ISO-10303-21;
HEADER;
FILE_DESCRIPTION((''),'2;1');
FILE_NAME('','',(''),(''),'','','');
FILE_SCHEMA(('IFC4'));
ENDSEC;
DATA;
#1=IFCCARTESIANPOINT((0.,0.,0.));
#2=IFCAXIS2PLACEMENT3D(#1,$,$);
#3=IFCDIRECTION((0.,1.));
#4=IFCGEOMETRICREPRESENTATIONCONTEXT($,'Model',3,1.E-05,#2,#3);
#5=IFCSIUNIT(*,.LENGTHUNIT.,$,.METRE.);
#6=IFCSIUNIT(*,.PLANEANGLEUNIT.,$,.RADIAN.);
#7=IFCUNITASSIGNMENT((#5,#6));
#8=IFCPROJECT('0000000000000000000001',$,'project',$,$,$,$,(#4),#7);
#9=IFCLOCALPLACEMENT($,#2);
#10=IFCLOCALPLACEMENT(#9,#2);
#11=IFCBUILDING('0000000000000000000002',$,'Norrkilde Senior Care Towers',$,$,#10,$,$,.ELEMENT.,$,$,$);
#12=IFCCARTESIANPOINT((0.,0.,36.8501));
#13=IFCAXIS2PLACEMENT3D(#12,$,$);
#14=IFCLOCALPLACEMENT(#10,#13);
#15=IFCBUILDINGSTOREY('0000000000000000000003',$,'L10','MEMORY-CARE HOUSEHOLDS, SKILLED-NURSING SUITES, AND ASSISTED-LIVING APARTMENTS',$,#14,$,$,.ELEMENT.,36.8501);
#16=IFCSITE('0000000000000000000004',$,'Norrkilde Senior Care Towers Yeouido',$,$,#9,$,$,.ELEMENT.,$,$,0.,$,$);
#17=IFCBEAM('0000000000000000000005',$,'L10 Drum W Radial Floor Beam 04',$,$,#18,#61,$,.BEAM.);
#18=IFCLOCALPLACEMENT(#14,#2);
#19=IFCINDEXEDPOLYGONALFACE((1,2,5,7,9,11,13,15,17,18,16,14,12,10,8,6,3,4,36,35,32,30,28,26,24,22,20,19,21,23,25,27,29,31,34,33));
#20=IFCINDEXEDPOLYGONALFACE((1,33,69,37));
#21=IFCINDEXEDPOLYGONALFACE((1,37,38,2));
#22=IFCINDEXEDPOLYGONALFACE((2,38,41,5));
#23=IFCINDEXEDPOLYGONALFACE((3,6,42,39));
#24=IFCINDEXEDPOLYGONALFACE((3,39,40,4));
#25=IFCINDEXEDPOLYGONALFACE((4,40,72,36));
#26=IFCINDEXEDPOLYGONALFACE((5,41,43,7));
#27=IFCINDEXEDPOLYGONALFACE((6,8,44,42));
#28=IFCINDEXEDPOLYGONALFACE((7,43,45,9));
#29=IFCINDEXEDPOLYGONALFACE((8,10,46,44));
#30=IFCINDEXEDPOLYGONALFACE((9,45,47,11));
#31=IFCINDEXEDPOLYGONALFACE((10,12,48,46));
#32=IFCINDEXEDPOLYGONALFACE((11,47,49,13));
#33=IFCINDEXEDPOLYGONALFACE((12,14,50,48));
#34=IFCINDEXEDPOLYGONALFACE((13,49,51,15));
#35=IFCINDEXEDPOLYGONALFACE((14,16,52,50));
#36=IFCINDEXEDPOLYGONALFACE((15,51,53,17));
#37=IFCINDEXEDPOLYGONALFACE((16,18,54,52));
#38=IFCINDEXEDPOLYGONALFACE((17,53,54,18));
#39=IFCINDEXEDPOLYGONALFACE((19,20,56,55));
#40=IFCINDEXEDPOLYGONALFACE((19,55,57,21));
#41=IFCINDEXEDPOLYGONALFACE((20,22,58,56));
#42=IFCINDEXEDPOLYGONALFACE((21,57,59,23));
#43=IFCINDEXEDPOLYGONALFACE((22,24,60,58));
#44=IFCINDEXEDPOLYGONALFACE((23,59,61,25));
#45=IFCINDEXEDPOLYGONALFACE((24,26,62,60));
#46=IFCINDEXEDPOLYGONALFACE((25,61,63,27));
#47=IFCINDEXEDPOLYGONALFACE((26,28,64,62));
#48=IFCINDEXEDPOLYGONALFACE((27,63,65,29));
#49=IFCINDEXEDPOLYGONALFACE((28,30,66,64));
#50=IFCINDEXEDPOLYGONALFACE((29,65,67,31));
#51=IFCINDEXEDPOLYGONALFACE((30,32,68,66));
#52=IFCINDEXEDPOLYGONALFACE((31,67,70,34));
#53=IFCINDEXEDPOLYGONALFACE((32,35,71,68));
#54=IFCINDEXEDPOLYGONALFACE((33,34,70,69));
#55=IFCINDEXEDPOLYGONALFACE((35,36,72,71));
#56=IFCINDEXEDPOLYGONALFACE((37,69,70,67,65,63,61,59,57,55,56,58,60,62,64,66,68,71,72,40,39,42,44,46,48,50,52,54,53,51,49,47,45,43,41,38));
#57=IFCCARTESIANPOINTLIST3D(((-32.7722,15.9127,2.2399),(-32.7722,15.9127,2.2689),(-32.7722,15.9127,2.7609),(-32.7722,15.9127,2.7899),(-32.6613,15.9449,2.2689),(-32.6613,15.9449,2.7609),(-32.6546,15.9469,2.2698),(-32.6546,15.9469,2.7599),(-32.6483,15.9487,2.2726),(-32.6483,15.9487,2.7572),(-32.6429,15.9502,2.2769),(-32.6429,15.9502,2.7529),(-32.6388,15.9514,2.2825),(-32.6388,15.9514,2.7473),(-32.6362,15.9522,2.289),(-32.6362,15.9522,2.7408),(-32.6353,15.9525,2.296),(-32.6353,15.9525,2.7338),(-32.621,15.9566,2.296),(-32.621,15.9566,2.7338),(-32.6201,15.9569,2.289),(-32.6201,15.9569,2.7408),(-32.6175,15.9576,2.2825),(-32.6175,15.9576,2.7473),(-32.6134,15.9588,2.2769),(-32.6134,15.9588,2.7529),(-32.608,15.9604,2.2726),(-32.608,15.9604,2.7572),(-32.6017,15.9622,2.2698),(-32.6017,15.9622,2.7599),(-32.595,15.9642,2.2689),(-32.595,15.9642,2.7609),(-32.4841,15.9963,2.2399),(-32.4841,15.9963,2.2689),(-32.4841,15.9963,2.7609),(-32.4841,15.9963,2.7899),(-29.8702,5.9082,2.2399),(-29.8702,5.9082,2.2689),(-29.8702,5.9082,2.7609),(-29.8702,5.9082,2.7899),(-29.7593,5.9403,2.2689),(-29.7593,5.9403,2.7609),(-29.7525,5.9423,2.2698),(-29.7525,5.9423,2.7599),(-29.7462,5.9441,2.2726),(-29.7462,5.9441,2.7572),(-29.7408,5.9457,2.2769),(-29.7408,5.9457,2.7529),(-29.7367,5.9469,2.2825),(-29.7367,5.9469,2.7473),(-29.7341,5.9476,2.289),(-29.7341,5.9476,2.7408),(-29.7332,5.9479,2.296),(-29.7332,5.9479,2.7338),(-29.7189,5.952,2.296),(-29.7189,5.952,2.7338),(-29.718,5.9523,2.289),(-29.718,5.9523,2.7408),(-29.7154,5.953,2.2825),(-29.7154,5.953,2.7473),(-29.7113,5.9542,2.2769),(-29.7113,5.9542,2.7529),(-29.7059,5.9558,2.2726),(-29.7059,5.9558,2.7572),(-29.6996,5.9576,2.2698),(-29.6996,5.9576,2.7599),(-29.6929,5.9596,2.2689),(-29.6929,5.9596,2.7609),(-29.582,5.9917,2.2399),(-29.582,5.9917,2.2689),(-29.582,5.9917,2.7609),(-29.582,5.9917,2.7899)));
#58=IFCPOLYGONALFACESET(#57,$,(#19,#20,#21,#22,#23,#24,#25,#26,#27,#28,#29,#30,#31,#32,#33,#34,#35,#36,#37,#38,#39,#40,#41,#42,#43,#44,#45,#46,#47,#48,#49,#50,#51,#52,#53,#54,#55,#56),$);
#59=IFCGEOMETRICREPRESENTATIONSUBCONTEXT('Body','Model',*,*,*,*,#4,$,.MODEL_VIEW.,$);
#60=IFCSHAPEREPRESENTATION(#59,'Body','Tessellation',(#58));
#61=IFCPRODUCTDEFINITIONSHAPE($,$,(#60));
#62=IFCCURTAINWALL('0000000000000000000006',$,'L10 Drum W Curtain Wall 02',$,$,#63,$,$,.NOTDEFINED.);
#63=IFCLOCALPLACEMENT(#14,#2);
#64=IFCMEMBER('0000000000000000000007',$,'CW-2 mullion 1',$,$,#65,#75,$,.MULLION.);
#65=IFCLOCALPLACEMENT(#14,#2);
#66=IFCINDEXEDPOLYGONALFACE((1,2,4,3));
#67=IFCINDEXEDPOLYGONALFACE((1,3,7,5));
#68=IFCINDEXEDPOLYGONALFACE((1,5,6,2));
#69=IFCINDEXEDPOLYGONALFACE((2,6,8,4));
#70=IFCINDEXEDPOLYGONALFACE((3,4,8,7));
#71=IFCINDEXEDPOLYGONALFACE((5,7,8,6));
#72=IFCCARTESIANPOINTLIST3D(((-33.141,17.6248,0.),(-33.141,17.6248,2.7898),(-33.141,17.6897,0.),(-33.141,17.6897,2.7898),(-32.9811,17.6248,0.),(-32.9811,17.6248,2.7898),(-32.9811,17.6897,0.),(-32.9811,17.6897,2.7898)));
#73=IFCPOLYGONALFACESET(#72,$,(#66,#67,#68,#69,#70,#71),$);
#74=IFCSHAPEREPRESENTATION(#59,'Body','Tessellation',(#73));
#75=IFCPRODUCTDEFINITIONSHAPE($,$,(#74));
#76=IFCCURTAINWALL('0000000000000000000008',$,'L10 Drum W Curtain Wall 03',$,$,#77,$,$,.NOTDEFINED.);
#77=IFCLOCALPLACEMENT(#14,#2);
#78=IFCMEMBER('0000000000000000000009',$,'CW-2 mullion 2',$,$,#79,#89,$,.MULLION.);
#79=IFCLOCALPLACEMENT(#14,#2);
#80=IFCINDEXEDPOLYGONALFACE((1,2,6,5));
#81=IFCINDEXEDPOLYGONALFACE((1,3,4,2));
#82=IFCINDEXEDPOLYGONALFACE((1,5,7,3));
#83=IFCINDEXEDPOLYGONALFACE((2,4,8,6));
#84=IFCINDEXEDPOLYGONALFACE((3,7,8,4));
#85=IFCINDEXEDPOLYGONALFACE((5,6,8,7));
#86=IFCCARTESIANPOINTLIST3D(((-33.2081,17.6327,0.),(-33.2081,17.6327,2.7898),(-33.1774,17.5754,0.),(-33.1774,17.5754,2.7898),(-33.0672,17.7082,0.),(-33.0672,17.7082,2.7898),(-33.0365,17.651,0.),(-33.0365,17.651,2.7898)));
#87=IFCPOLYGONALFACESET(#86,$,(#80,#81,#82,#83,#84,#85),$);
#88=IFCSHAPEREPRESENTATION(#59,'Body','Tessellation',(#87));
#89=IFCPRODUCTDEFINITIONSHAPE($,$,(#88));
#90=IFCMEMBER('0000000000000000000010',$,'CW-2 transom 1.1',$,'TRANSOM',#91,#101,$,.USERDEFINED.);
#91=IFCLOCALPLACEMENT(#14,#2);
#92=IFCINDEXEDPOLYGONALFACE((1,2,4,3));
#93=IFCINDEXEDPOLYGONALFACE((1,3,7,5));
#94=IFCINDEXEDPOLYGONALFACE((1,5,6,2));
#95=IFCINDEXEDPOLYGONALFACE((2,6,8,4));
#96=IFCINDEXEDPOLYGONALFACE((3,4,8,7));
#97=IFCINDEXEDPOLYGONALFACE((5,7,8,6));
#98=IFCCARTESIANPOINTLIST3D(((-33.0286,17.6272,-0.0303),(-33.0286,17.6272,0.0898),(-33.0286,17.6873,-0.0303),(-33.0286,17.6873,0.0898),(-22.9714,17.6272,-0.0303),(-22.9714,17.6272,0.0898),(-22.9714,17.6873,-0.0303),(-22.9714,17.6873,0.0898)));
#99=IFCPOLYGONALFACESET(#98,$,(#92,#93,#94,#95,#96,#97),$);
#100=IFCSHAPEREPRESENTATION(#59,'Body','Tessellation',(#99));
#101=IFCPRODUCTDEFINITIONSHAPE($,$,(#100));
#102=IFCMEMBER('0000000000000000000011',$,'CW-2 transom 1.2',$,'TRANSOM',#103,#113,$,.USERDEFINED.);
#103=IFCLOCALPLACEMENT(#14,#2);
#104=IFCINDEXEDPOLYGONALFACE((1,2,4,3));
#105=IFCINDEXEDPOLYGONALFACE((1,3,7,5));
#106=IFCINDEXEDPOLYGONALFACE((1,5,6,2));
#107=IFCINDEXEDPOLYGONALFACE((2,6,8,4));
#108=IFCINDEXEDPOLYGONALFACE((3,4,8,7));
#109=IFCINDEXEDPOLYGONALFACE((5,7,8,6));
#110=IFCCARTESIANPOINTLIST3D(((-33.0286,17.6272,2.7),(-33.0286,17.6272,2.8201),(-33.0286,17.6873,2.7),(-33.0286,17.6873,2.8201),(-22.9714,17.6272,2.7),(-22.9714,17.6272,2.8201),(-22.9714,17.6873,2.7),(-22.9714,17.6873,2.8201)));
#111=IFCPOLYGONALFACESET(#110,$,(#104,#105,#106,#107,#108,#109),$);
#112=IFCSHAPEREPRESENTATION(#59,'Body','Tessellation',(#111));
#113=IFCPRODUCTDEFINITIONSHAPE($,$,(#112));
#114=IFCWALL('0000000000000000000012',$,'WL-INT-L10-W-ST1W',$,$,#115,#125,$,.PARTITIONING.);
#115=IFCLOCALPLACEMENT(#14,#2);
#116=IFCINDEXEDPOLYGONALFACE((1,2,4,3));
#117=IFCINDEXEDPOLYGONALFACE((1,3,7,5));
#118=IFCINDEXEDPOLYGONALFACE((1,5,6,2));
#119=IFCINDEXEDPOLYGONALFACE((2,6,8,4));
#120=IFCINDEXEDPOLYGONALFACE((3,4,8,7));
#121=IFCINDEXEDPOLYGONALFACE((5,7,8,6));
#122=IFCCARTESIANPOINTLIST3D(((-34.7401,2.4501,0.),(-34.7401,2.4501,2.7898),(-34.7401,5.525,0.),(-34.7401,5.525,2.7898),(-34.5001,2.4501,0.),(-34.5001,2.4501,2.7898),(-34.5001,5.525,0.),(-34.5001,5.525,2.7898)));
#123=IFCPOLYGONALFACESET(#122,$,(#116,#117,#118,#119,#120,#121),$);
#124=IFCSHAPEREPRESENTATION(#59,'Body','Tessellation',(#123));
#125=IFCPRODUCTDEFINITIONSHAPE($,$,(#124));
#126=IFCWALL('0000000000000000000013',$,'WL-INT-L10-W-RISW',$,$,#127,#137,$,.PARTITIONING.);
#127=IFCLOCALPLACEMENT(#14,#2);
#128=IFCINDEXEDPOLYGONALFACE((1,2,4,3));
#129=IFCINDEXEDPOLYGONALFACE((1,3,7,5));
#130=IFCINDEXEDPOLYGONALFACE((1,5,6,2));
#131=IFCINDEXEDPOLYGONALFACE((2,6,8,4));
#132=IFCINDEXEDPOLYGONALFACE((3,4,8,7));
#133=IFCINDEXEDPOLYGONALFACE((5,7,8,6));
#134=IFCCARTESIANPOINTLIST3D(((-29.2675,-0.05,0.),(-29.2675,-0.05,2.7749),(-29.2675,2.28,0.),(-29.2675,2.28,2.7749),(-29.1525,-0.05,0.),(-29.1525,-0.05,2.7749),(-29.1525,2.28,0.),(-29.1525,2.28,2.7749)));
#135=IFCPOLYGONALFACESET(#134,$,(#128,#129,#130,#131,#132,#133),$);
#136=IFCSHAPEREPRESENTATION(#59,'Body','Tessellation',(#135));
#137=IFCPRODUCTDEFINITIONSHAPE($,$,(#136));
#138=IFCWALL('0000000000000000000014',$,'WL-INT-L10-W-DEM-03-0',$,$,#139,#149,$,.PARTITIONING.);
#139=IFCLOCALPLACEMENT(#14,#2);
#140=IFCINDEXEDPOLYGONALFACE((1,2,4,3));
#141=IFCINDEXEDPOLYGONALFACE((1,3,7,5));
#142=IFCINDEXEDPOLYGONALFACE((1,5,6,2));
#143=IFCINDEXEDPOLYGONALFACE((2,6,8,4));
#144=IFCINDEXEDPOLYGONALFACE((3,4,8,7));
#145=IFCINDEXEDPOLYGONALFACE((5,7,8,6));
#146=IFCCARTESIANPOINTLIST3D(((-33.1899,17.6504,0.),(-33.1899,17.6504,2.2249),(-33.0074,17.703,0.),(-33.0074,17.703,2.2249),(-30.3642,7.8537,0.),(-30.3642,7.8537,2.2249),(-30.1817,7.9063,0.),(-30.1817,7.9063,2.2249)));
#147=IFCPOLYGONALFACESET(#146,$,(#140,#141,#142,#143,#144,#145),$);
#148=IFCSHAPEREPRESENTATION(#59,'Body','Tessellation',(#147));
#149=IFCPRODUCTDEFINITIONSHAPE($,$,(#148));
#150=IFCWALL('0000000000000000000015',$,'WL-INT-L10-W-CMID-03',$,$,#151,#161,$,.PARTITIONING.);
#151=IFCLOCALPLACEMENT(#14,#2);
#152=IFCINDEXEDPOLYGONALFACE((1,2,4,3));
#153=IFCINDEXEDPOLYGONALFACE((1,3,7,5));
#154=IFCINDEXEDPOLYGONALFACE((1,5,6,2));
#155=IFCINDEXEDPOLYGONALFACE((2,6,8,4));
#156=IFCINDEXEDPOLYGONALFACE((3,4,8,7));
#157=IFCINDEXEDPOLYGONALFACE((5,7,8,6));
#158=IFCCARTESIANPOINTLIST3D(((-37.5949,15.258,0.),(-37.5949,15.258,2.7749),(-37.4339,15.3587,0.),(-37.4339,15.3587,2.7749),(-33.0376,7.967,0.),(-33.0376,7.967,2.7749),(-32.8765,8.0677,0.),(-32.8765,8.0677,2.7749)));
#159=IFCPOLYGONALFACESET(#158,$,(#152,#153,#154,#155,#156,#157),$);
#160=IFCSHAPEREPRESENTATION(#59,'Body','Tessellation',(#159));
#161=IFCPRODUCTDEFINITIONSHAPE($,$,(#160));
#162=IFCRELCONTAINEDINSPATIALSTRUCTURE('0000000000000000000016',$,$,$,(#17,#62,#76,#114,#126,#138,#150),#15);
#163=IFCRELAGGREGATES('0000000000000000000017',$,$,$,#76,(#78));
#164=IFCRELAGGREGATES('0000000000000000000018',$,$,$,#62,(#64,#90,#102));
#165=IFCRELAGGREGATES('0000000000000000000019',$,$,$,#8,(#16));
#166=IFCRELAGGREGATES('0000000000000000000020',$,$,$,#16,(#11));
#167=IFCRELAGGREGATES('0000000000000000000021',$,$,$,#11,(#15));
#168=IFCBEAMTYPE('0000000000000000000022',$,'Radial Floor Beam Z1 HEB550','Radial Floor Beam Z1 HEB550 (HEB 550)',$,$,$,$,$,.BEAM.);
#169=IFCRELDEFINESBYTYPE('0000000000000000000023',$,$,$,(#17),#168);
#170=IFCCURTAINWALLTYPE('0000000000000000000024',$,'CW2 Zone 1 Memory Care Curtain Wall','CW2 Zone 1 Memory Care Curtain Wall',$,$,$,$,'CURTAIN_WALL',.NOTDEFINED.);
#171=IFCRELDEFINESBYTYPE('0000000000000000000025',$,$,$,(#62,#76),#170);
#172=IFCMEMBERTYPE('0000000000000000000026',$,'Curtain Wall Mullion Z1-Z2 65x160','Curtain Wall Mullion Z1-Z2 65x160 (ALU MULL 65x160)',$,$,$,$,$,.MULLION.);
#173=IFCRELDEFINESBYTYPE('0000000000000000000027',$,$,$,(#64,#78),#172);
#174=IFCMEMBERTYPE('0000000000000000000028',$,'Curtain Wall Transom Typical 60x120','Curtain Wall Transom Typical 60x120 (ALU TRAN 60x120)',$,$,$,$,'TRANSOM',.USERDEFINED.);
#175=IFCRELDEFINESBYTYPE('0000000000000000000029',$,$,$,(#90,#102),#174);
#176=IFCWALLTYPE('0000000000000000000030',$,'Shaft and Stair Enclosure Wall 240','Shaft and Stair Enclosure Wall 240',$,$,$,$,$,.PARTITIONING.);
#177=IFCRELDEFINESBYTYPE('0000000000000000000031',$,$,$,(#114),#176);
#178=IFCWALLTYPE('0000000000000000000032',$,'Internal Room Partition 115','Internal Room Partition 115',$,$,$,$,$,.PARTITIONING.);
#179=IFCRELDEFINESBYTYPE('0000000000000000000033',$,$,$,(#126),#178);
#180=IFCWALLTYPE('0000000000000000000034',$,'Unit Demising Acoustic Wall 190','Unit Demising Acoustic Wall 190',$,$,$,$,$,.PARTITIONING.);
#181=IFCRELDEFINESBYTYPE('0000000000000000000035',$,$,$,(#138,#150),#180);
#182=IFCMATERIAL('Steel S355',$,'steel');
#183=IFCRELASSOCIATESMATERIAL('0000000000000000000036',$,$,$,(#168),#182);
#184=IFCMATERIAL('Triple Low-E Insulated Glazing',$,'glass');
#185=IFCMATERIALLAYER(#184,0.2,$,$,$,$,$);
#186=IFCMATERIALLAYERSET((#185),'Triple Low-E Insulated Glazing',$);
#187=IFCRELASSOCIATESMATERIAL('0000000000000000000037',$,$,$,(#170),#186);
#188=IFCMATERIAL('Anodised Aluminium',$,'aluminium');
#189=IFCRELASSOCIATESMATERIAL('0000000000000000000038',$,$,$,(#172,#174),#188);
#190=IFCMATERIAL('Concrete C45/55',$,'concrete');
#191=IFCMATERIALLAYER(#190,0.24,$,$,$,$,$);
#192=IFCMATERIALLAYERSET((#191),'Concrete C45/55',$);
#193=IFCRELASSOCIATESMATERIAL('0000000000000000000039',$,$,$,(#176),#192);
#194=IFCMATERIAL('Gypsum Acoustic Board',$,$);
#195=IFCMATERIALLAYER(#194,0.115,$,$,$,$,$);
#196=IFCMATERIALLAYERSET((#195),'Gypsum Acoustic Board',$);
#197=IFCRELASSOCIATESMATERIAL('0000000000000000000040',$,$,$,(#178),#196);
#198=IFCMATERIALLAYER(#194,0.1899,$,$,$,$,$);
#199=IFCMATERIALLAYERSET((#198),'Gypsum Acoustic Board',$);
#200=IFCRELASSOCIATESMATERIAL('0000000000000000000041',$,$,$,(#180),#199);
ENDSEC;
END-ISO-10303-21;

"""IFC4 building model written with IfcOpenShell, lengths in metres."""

from ifc_helpers import new_model, si_unit, direction, frame, frame_2d, origin, origin_2d, place, context, subcontext, project, spatial, rectangle, i_section, extrude, source, transform, mapped, material, layer, layer_set, material_profile, profile_set, type_object, type_shapes, element, aggregate, save


model = new_model("IFC4")

# Units and contexts
model_context = context("Model", 3, precision=1e-05, world=origin(), true_north=direction((0.0, 1.0)))
body_context = subcontext(model_context, "Body", "Model", "MODEL_VIEW")
ifc_project = project(units=[si_unit("LENGTHUNIT", "METRE"), si_unit("PLANEANGLEUNIT", "RADIAN")], contexts=[model_context])

# Site, building, storey
site_placement = place(None, origin())
site = spatial("IfcSite", under=ifc_project, at=site_placement, Name="Norrkilde Senior Care Towers Yeouido", CompositionType="ELEMENT", RefElevation=0.0)
building_placement = place(site_placement, origin())
building = spatial("IfcBuilding", under=site, at=building_placement, Name="Norrkilde Senior Care Towers", CompositionType="ELEMENT")
storey_placement = place(building_placement, frame((0.0, 0.0, 36.8501)))
storey = spatial("IfcBuildingStorey", under=building, at=storey_placement, Name="L10", Description="MEMORY-CARE HOUSEHOLDS, SKILLED-NURSING SUITES, AND ASSISTED-LIVING APARTMENTS", CompositionType="ELEMENT", Elevation=36.8501)

# Beam
ifc_material_1 = material(Name="Steel S355", Category="steel")
ifc_material_profile_1 = material_profile(ifc_material_1, i_section(OverallWidth=0.3, OverallDepth=0.55, WebThickness=0.0149, FlangeThickness=0.0291, FilletRadius=0.0271, at=origin_2d()), Name="HEB 550")
ifc_profile_set_1 = profile_set([ifc_material_profile_1], Name="Steel S355")
beam_type_1 = type_object("IfcBeamType", Name="Radial Floor Beam Z1 HEB550", Description="Radial Floor Beam Z1 HEB550 (HEB 550)", PredefinedType="BEAM", material=ifc_profile_set_1)
shared_shape_1 = source(origin(), body_context, "Body", "SweptSolid", [
    extrude(i_section(OverallWidth=0.3, OverallDepth=0.55, WebThickness=0.0149, FlangeThickness=0.0291, FilletRadius=0.0271, at=origin_2d()), origin(), (0.0, 0.0, 1.0), 10.417),
])
beam_1_placement = place(storey_placement, frame((-29.7261, 5.95, 2.5149), z_axis=(-0.278591, 0.96041, 0.0), x_axis=(-0.96041, -0.278591, 0.0)))
element("IfcBeam", 1, at=beam_1_placement, inside=storey, type_object=beam_type_1, Name="L10 Drum W Radial Floor Beam 04", PredefinedType="BEAM", context=body_context, shape_type="MappedRepresentation", body=[
    mapped(shared_shape_1, transform((0.0, 0.0, 0.0), x_axis=(1.0, 0.0, 0.0), y_axis=(0.0, 1.0, 0.0), z_axis=(0.0, 0.0, 1.0), scale=1.0)),
])

# Curtain walls, members
ifc_material_2 = material(Name="Triple Low-E Insulated Glazing", Category="glass")
ifc_layer_1 = layer(ifc_material_2, 0.2)
ifc_layer_set_1 = layer_set([ifc_layer_1], Name="Triple Low-E Insulated Glazing")
curtain_wall_type = type_object("IfcCurtainWallType", Name="CW2 Zone 1 Memory Care Curtain Wall", Description="CW2 Zone 1 Memory Care Curtain Wall", ElementType="CURTAIN_WALL", PredefinedType="NOTDEFINED", material=ifc_layer_set_1)
curtain_wall_1_placement = place(storey_placement, origin())
curtain_wall_1 = element("IfcCurtainWall", 2, at=curtain_wall_1_placement, inside=storey, type_object=curtain_wall_type, Name="L10 Drum W Curtain Wall 02", PredefinedType="NOTDEFINED")
ifc_material_3 = material(Name="Anodised Aluminium", Category="aluminium")
ifc_material_profile_2 = material_profile(ifc_material_3, rectangle(XDim=0.0649, YDim=0.1599, at=origin_2d()), Name="ALU MULL 65x160")
ifc_profile_set_2 = profile_set([ifc_material_profile_2], Name="Anodised Aluminium")
member_type_1 = type_object("IfcMemberType", Name="Curtain Wall Mullion Z1-Z2 65x160", Description="Curtain Wall Mullion Z1-Z2 65x160 (ALU MULL 65x160)", PredefinedType="MULLION", material=ifc_profile_set_2)
shared_shape_2 = source(origin(), body_context, "Body", "SweptSolid", [
    extrude(rectangle(XDim=0.0649, YDim=0.1599, at=origin_2d()), origin(), (0.0, 0.0, 1.0), 2.7898),
])
type_shapes(member_type_1, [shared_shape_2])
member_1_placement = place(storey_placement, frame((-33.061, 17.6572, 0.0), z_axis=(0.0, 0.0, 1.0), x_axis=(0.0, 1.0, 0.0)))
member_1 = element("IfcMember", 3, at=member_1_placement, type_object=member_type_1, Name="CW-2 mullion 1", PredefinedType="MULLION", context=body_context, shape_type="MappedRepresentation", body=[
    mapped(shared_shape_2, transform((0.0, 0.0, 0.0), x_axis=(1.0, 0.0, 0.0), y_axis=(0.0, 1.0, 0.0), z_axis=(0.0, 0.0, 1.0), scale=1.0)),
])
curtain_wall_2_placement = place(storey_placement, origin())
curtain_wall_2 = element("IfcCurtainWall", 4, at=curtain_wall_2_placement, inside=storey, type_object=curtain_wall_type, Name="L10 Drum W Curtain Wall 03", PredefinedType="NOTDEFINED")
member_2_placement = place(storey_placement, frame((-33.1223, 17.6418, 0.0), z_axis=(0.0, 0.0, 1.0), x_axis=(-0.472608, 0.881273, 0.0)))
member_2 = element("IfcMember", 5, at=member_2_placement, type_object=member_type_1, Name="CW-2 mullion 2", PredefinedType="MULLION", context=body_context, shape_type="MappedRepresentation", body=[
    mapped(shared_shape_2, transform((0.0, 0.0, 0.0), x_axis=(1.0, 0.0, 0.0), y_axis=(0.0, 1.0, 0.0), z_axis=(0.0, 0.0, 1.0), scale=1.0)),
])
aggregate(curtain_wall_2, [member_2])

# Members
ifc_material_profile_3 = material_profile(ifc_material_3, rectangle(XDim=0.0601, YDim=0.1201, at=origin_2d()), Name="ALU TRAN 60x120")
ifc_profile_set_3 = profile_set([ifc_material_profile_3], Name="Anodised Aluminium")
member_type_2 = type_object("IfcMemberType", Name="Curtain Wall Transom Typical 60x120", Description="Curtain Wall Transom Typical 60x120 (ALU TRAN 60x120)", ElementType="TRANSOM", PredefinedType="USERDEFINED", material=ifc_profile_set_3)
shared_shape_3 = source(origin(), body_context, "Body", "SweptSolid", [
    extrude(rectangle(XDim=0.0601, YDim=0.1201, at=origin_2d()), origin(), (0.0, 0.0, 1.0), 10.0571),
])
type_shapes(member_type_2, [shared_shape_3])
member_3_placement = place(storey_placement, frame((-33.0286, 17.6572, 0.0298), z_axis=(1.0, 0.0, 0.0), x_axis=(0.0, 1.0, 0.0)))
member_3 = element("IfcMember", 6, at=member_3_placement, type_object=member_type_2, Name="CW-2 transom 1.1", ObjectType="TRANSOM", PredefinedType="USERDEFINED", context=body_context, shape_type="MappedRepresentation", body=[
    mapped(shared_shape_3, transform((0.0, 0.0, 0.0), x_axis=(1.0, 0.0, 0.0), y_axis=(0.0, 1.0, 0.0), z_axis=(0.0, 0.0, 1.0), scale=1.0)),
])
member_4_placement = place(storey_placement, frame((-33.0286, 17.6572, 2.76), z_axis=(1.0, 0.0, 0.0), x_axis=(0.0, 1.0, 0.0)))
member_4 = element("IfcMember", 7, at=member_4_placement, type_object=member_type_2, Name="CW-2 transom 1.2", ObjectType="TRANSOM", PredefinedType="USERDEFINED", context=body_context, shape_type="MappedRepresentation", body=[
    mapped(shared_shape_3, transform((0.0, 0.0, 0.0), x_axis=(1.0, 0.0, 0.0), y_axis=(0.0, 1.0, 0.0), z_axis=(0.0, 0.0, 1.0), scale=1.0)),
])
aggregate(curtain_wall_1, [member_1, member_3, member_4])

# Walls
ifc_material_4 = material(Name="Concrete C45/55", Category="concrete")
ifc_layer_2 = layer(ifc_material_4, 0.24)
ifc_layer_set_2 = layer_set([ifc_layer_2], Name="Concrete C45/55")
wall_type_1 = type_object("IfcWallType", Name="Shaft and Stair Enclosure Wall 240", Description="Shaft and Stair Enclosure Wall 240", PredefinedType="PARTITIONING", material=ifc_layer_set_2)
shared_shape_4 = source(origin(), body_context, "Body", "SweptSolid", [
    extrude(rectangle(XDim=3.075, YDim=0.24, at=frame_2d((1.5376, 0.0))), origin(), (0.0, 0.0, 1.0), 2.7898),
])
type_shapes(wall_type_1, [shared_shape_4])
wall_1_placement = place(storey_placement, frame((-34.6201, 2.45, 0.0), z_axis=(0.0, 0.0, 1.0), x_axis=(0.0, 1.0, 0.0)))
element("IfcWall", 8, at=wall_1_placement, inside=storey, type_object=wall_type_1, Name="WL-INT-L10-W-ST1W", PredefinedType="PARTITIONING", context=body_context, shape_type="MappedRepresentation", body=[
    mapped(shared_shape_4, transform((0.0, 0.0, 0.0), x_axis=(1.0, 0.0, 0.0), y_axis=(0.0, 1.0, 0.0), z_axis=(0.0, 0.0, 1.0), scale=1.0)),
])
ifc_material_5 = material(Name="Gypsum Acoustic Board")
ifc_layer_3 = layer(ifc_material_5, 0.115)
ifc_layer_set_3 = layer_set([ifc_layer_3], Name="Gypsum Acoustic Board")
wall_type_2 = type_object("IfcWallType", Name="Internal Room Partition 115", Description="Internal Room Partition 115", PredefinedType="PARTITIONING", material=ifc_layer_set_3)
shared_shape_5 = source(origin(), body_context, "Body", "SweptSolid", [
    extrude(rectangle(XDim=2.3301, YDim=0.115, at=frame_2d((1.165, 0.0))), origin(), (0.0, 0.0, 1.0), 2.7749),
])
type_shapes(wall_type_2, [shared_shape_5])
wall_2_placement = place(storey_placement, frame((-29.21, -0.05, 0.0), z_axis=(0.0, 0.0, 1.0), x_axis=(0.0, 1.0, 0.0)))
element("IfcWall", 9, at=wall_2_placement, inside=storey, type_object=wall_type_2, Name="WL-INT-L10-W-RISW", PredefinedType="PARTITIONING", context=body_context, shape_type="MappedRepresentation", body=[
    mapped(shared_shape_5, transform((0.0, 0.0, 0.0), x_axis=(1.0, 0.0, 0.0), y_axis=(0.0, 1.0, 0.0), z_axis=(0.0, 0.0, 1.0), scale=1.0)),
])
ifc_layer_4 = layer(ifc_material_5, 0.1899)
ifc_layer_set_4 = layer_set([ifc_layer_4], Name="Gypsum Acoustic Board")
wall_type_3 = type_object("IfcWallType", Name="Unit Demising Acoustic Wall 190", Description="Unit Demising Acoustic Wall 190", PredefinedType="PARTITIONING", material=ifc_layer_set_4)
shared_shape_6 = source(origin(), body_context, "Body", "SweptSolid", [
    extrude(rectangle(XDim=10.196, YDim=0.1899, at=frame_2d((5.0981, 0.0))), origin(), (0.0, 0.0, 1.0), 2.2249),
])
wall_3_placement = place(storey_placement, frame((-30.2729, 7.8799, 0.0), z_axis=(0.0, 0.0, 1.0), x_axis=(-0.277136, 0.960831, 0.0)))
element("IfcWall", 10, at=wall_3_placement, inside=storey, type_object=wall_type_3, Name="WL-INT-L10-W-DEM-03-0", PredefinedType="PARTITIONING", context=body_context, shape_type="MappedRepresentation", body=[
    mapped(shared_shape_6, transform((0.0, 0.0, 0.0), x_axis=(1.0, 0.0, 0.0), y_axis=(0.0, 1.0, 0.0), z_axis=(0.0, 0.0, 1.0), scale=1.0)),
])
shared_shape_7 = source(origin(), body_context, "Body", "SweptSolid", [
    extrude(rectangle(XDim=8.5981, YDim=0.1899, at=frame_2d((4.2991, 0.0))), origin(), (0.0, 0.0, 1.0), 2.7749),
])
type_shapes(wall_type_3, [shared_shape_6, shared_shape_7])
wall_4_placement = place(storey_placement, frame((-32.957, 8.0173, 0.0), z_axis=(0.0, 0.0, 1.0), x_axis=(-0.53004, 0.847973, 0.0)))
element("IfcWall", 11, at=wall_4_placement, inside=storey, type_object=wall_type_3, Name="WL-INT-L10-W-CMID-03", PredefinedType="PARTITIONING", context=body_context, shape_type="MappedRepresentation", body=[
    mapped(shared_shape_7, transform((0.0, 0.0, 0.0), x_axis=(1.0, 0.0, 0.0), y_axis=(0.0, 1.0, 0.0), z_axis=(0.0, 0.0, 1.0), scale=1.0)),
])

save(model, "model.ifc")
